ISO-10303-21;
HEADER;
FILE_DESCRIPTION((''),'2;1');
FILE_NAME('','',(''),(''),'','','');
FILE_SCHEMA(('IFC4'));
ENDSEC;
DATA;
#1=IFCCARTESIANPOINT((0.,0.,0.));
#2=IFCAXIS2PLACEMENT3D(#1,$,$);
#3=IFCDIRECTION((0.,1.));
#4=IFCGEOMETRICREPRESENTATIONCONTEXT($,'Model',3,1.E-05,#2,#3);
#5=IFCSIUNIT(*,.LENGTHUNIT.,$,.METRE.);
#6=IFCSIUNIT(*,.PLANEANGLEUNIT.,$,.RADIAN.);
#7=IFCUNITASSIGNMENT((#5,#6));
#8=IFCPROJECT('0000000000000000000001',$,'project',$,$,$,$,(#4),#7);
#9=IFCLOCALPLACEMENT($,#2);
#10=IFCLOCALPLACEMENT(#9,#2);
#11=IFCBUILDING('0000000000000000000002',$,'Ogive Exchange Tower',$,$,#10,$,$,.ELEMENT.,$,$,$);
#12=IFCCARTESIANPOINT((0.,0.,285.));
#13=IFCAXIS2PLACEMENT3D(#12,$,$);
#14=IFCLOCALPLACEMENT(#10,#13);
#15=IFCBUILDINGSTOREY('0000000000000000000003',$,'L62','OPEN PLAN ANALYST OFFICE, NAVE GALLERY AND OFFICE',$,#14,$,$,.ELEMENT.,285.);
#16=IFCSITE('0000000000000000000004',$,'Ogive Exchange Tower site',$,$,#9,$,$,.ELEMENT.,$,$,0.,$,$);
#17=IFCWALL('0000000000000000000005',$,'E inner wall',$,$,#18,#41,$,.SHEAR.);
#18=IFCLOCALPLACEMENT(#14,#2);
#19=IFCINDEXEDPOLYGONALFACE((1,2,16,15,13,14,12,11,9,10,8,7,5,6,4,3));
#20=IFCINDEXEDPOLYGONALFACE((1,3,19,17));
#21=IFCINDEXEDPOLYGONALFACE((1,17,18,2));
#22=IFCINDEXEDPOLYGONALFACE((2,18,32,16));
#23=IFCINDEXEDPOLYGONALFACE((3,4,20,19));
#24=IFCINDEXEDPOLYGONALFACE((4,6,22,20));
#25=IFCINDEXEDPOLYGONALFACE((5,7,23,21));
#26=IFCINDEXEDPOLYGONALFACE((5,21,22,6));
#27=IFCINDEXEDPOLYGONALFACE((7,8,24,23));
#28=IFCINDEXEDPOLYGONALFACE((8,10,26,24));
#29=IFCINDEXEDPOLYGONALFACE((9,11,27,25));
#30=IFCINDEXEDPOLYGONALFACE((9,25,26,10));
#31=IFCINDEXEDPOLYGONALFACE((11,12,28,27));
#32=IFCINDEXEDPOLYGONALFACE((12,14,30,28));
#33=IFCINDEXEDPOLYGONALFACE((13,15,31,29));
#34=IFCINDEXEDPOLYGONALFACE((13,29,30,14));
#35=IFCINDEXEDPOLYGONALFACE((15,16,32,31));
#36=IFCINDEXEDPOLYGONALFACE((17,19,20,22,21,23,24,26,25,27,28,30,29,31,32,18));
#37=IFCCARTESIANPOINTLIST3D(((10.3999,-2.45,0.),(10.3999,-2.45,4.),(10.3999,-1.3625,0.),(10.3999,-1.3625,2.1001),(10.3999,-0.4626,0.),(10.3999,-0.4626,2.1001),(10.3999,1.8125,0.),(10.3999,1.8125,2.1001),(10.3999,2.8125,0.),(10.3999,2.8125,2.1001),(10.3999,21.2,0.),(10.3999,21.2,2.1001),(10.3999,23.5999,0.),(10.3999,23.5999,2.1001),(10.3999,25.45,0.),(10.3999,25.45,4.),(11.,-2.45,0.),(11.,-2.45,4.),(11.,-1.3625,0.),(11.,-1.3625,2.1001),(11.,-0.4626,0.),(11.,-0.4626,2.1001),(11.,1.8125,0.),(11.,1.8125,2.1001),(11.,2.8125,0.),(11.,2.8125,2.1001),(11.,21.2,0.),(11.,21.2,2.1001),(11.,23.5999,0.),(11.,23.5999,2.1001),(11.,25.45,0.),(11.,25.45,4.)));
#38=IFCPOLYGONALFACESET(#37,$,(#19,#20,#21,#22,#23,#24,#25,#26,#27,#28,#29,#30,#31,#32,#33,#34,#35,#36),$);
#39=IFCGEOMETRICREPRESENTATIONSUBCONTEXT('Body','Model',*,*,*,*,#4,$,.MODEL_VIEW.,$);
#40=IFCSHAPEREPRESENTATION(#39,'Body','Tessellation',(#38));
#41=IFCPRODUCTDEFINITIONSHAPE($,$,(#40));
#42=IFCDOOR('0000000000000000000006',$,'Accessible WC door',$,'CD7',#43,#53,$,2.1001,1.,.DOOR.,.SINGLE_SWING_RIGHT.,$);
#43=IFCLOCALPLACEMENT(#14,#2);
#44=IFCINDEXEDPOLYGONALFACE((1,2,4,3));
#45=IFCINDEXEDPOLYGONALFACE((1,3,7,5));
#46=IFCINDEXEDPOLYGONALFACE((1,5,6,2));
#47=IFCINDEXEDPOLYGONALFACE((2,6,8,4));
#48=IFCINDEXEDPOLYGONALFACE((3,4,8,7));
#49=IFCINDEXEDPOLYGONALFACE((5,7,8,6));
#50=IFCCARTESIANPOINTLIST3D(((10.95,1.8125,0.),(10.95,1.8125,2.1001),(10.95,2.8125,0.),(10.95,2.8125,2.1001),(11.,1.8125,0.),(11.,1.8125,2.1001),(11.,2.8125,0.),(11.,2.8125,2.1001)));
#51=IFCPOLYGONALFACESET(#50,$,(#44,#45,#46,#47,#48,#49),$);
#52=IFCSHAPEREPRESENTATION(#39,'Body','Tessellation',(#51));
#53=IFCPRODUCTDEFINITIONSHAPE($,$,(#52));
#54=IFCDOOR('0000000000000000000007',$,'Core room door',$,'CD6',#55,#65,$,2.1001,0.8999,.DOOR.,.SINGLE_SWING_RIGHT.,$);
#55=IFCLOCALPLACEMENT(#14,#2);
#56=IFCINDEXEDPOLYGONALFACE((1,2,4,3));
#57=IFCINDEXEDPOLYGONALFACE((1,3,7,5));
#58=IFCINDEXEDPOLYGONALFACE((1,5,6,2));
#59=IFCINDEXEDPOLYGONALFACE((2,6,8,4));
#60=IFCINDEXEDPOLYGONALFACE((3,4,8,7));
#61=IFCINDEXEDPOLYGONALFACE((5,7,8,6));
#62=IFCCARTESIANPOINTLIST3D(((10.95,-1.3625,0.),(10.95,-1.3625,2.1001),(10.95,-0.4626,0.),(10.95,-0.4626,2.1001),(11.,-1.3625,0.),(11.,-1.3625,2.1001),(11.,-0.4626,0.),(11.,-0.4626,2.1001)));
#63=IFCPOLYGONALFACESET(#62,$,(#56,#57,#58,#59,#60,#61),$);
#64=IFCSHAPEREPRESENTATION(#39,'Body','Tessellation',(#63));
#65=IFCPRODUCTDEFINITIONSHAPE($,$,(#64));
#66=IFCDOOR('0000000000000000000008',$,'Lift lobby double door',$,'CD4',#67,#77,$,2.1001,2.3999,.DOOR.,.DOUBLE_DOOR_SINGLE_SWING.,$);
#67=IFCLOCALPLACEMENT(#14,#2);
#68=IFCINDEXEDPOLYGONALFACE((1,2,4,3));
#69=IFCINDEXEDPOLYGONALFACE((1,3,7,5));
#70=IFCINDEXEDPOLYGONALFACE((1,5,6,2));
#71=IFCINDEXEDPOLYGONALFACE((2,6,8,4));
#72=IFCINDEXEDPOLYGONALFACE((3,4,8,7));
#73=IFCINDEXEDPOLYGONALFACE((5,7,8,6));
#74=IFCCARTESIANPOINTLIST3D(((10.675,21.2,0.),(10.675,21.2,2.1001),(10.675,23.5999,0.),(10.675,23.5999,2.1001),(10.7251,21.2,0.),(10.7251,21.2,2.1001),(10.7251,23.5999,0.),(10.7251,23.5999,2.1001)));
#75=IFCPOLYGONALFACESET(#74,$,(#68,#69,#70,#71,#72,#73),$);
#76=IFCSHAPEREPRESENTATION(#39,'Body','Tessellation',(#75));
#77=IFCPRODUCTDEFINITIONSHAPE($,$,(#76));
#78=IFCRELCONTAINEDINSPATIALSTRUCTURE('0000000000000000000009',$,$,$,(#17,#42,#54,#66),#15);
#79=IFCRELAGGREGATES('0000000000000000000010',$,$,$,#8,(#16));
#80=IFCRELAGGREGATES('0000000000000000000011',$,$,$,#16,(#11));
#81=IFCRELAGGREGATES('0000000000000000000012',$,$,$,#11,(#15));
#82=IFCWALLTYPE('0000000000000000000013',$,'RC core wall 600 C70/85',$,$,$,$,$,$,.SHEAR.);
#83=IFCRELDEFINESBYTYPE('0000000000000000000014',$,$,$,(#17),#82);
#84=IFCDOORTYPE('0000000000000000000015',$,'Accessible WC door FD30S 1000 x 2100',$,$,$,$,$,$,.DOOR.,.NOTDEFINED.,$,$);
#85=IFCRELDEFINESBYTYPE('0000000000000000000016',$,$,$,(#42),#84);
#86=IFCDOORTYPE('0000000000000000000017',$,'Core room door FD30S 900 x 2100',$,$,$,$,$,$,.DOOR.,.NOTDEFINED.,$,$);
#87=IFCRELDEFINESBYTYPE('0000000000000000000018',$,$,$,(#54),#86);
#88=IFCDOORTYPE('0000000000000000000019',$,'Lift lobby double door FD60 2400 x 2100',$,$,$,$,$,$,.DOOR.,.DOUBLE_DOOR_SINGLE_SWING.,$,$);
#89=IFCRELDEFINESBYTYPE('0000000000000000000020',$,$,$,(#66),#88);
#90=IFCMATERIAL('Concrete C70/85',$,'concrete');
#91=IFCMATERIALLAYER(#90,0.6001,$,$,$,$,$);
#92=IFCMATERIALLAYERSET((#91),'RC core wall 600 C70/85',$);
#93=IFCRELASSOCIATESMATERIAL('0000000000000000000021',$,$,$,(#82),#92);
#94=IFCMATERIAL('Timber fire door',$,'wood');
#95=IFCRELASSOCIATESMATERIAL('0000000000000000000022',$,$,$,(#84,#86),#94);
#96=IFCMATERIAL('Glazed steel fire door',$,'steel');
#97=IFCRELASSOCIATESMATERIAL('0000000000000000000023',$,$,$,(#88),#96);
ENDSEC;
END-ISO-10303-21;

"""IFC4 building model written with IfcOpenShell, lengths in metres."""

from ifc_helpers import new_model, si_unit, direction, frame, frame_2d, origin, place, context, subcontext, project, spatial, rectangle, extrude, material, layer, layer_set, type_object, element, fill, save


model = new_model("IFC4")

# Units and contexts
model_context = context("Model", 3, precision=1e-05, world=origin(), true_north=direction((0.0, 1.0)))
body_context = subcontext(model_context, "Body", "Model", "MODEL_VIEW")
ifc_project = project(units=[si_unit("LENGTHUNIT", "METRE"), si_unit("PLANEANGLEUNIT", "RADIAN")], contexts=[model_context])

# Site, building, storey
site_placement = place(None, origin())
site = spatial("IfcSite", under=ifc_project, at=site_placement, Name="Ogive Exchange Tower site", CompositionType="ELEMENT", RefElevation=0.0)
building_placement = place(site_placement, origin())
building = spatial("IfcBuilding", under=site, at=building_placement, Name="Ogive Exchange Tower", CompositionType="ELEMENT")
storey_placement = place(building_placement, frame((0.0, 0.0, 285.0)))
storey = spatial("IfcBuildingStorey", under=building, at=storey_placement, Name="L62", Description="OPEN PLAN ANALYST OFFICE, NAVE GALLERY AND OFFICE", CompositionType="ELEMENT", Elevation=285.0)

# Shared definitions
ifc_material_1 = material(Name="Concrete C70/85", Category="concrete")

# Wall, openings, doors
ifc_layer_1 = layer(ifc_material_1, 0.6001)
ifc_layer_set_1 = layer_set([ifc_layer_1], Name="RC core wall 600 C70/85")
wall_type_1 = type_object("IfcWallType", Name="RC core wall 600 C70/85", PredefinedType="SHEAR", material=ifc_layer_set_1)
wall_1_placement = place(storey_placement, frame((10.7, -2.45, 0.0), z_axis=(0.0, 0.0, 1.0), x_axis=(0.0, 1.0, 0.0)))
wall_1 = element("IfcWall", 1, at=wall_1_placement, inside=storey, type_object=wall_type_1, Name="E inner wall", PredefinedType="SHEAR", context=body_context, shape_type="SweptSolid", body=[
    extrude(rectangle(XDim=27.8999, YDim=0.6001, at=frame_2d((13.95, 0.0))), origin(), (0.0, 0.0, 1.0), 4.0),
])
opening_1_placement = place(wall_1_placement, frame((23.6499, 0.0, 0.0)))
opening_1 = element("IfcOpeningElement", 2, at=opening_1_placement, cuts=wall_1, PredefinedType="OPENING", context=body_context, shape_type="SweptSolid", body=[
    extrude(rectangle(XDim=2.3999, YDim=2.1001, at=frame_2d((1.2, 1.05))), frame((0.0, 0.3101, 0.0), z_axis=(0.0, -1.0, 0.0), x_axis=(1.0, 0.0, 0.0)), (0.0, 0.0, 1.0), 0.6201),
])
opening_2_placement = place(wall_1_placement, frame((1.0874, 0.0, 0.0)))
opening_2 = element("IfcOpeningElement", 3, at=opening_2_placement, cuts=wall_1, PredefinedType="OPENING", context=body_context, shape_type="SweptSolid", body=[
    extrude(rectangle(XDim=0.8999, YDim=2.1001, at=frame_2d((0.45, 1.05))), frame((0.0, 0.3101, 0.0), z_axis=(0.0, -1.0, 0.0), x_axis=(1.0, 0.0, 0.0)), (0.0, 0.0, 1.0), 0.6201),
])
opening_3_placement = place(wall_1_placement, frame((4.2625, 0.0, 0.0)))
opening_3 = element("IfcOpeningElement", 4, at=opening_3_placement, cuts=wall_1, PredefinedType="OPENING", context=body_context, shape_type="SweptSolid", body=[
    extrude(rectangle(XDim=1.0, YDim=2.1001, at=frame_2d((0.5, 1.05))), frame((0.0, 0.3101, 0.0), z_axis=(0.0, -1.0, 0.0), x_axis=(1.0, 0.0, 0.0)), (0.0, 0.0, 1.0), 0.6201),
])
ifc_material_2 = material(Name="Timber fire door", Category="wood")
door_type_1 = type_object("IfcDoorType", Name="Accessible WC door FD30S 1000 x 2100", OperationType="NOTDEFINED", PredefinedType="DOOR", material=ifc_material_2)
door_1_placement = place(opening_3_placement, origin())
door_1 = element("IfcDoor", 5, at=door_1_placement, inside=storey, type_object=door_type_1, Name="Accessible WC door", ObjectType="CD7", OperationType="SINGLE_SWING_RIGHT", OverallHeight=2.1001, OverallWidth=1.0, PredefinedType="DOOR", context=body_context, shape_type="SweptSolid", body=[
    extrude(rectangle(XDim=1.0, YDim=2.1001, at=frame_2d((0.5, 1.05))), frame((0.0, -0.25, 0.0), z_axis=(0.0, -1.0, 0.0), x_axis=(1.0, 0.0, 0.0)), (0.0, 0.0, 1.0), 0.05),
])
fill(opening_3, door_1)
door_type_2 = type_object("IfcDoorType", Name="Core room door FD30S 900 x 2100", OperationType="NOTDEFINED", PredefinedType="DOOR", material=ifc_material_2)
door_2_placement = place(opening_2_placement, origin())
door_2 = element("IfcDoor", 6, at=door_2_placement, inside=storey, type_object=door_type_2, Name="Core room door", ObjectType="CD6", OperationType="SINGLE_SWING_RIGHT", OverallHeight=2.1001, OverallWidth=0.8999, PredefinedType="DOOR", context=body_context, shape_type="SweptSolid", body=[
    extrude(rectangle(XDim=0.8999, YDim=2.1001, at=frame_2d((0.45, 1.05))), frame((0.0, -0.25, 0.0), z_axis=(0.0, -1.0, 0.0), x_axis=(1.0, 0.0, 0.0)), (0.0, 0.0, 1.0), 0.05),
])
fill(opening_2, door_2)
ifc_material_3 = material(Name="Glazed steel fire door", Category="steel")
door_type_3 = type_object("IfcDoorType", Name="Lift lobby double door FD60 2400 x 2100", OperationType="DOUBLE_DOOR_SINGLE_SWING", PredefinedType="DOOR", material=ifc_material_3)
door_3_placement = place(opening_1_placement, origin())
door_3 = element("IfcDoor", 7, at=door_3_placement, inside=storey, type_object=door_type_3, Name="Lift lobby double door", ObjectType="CD4", OperationType="DOUBLE_DOOR_SINGLE_SWING", OverallHeight=2.1001, OverallWidth=2.3999, PredefinedType="DOOR", context=body_context, shape_type="SweptSolid", body=[
    extrude(rectangle(XDim=2.3999, YDim=2.1001, at=frame_2d((1.2, 1.05))), frame((0.0, 0.0249, 0.0), z_axis=(0.0, -1.0, 0.0), x_axis=(1.0, 0.0, 0.0)), (0.0, 0.0, 1.0), 0.05),
])
fill(opening_1, door_3)

save(model, "model.ifc")
